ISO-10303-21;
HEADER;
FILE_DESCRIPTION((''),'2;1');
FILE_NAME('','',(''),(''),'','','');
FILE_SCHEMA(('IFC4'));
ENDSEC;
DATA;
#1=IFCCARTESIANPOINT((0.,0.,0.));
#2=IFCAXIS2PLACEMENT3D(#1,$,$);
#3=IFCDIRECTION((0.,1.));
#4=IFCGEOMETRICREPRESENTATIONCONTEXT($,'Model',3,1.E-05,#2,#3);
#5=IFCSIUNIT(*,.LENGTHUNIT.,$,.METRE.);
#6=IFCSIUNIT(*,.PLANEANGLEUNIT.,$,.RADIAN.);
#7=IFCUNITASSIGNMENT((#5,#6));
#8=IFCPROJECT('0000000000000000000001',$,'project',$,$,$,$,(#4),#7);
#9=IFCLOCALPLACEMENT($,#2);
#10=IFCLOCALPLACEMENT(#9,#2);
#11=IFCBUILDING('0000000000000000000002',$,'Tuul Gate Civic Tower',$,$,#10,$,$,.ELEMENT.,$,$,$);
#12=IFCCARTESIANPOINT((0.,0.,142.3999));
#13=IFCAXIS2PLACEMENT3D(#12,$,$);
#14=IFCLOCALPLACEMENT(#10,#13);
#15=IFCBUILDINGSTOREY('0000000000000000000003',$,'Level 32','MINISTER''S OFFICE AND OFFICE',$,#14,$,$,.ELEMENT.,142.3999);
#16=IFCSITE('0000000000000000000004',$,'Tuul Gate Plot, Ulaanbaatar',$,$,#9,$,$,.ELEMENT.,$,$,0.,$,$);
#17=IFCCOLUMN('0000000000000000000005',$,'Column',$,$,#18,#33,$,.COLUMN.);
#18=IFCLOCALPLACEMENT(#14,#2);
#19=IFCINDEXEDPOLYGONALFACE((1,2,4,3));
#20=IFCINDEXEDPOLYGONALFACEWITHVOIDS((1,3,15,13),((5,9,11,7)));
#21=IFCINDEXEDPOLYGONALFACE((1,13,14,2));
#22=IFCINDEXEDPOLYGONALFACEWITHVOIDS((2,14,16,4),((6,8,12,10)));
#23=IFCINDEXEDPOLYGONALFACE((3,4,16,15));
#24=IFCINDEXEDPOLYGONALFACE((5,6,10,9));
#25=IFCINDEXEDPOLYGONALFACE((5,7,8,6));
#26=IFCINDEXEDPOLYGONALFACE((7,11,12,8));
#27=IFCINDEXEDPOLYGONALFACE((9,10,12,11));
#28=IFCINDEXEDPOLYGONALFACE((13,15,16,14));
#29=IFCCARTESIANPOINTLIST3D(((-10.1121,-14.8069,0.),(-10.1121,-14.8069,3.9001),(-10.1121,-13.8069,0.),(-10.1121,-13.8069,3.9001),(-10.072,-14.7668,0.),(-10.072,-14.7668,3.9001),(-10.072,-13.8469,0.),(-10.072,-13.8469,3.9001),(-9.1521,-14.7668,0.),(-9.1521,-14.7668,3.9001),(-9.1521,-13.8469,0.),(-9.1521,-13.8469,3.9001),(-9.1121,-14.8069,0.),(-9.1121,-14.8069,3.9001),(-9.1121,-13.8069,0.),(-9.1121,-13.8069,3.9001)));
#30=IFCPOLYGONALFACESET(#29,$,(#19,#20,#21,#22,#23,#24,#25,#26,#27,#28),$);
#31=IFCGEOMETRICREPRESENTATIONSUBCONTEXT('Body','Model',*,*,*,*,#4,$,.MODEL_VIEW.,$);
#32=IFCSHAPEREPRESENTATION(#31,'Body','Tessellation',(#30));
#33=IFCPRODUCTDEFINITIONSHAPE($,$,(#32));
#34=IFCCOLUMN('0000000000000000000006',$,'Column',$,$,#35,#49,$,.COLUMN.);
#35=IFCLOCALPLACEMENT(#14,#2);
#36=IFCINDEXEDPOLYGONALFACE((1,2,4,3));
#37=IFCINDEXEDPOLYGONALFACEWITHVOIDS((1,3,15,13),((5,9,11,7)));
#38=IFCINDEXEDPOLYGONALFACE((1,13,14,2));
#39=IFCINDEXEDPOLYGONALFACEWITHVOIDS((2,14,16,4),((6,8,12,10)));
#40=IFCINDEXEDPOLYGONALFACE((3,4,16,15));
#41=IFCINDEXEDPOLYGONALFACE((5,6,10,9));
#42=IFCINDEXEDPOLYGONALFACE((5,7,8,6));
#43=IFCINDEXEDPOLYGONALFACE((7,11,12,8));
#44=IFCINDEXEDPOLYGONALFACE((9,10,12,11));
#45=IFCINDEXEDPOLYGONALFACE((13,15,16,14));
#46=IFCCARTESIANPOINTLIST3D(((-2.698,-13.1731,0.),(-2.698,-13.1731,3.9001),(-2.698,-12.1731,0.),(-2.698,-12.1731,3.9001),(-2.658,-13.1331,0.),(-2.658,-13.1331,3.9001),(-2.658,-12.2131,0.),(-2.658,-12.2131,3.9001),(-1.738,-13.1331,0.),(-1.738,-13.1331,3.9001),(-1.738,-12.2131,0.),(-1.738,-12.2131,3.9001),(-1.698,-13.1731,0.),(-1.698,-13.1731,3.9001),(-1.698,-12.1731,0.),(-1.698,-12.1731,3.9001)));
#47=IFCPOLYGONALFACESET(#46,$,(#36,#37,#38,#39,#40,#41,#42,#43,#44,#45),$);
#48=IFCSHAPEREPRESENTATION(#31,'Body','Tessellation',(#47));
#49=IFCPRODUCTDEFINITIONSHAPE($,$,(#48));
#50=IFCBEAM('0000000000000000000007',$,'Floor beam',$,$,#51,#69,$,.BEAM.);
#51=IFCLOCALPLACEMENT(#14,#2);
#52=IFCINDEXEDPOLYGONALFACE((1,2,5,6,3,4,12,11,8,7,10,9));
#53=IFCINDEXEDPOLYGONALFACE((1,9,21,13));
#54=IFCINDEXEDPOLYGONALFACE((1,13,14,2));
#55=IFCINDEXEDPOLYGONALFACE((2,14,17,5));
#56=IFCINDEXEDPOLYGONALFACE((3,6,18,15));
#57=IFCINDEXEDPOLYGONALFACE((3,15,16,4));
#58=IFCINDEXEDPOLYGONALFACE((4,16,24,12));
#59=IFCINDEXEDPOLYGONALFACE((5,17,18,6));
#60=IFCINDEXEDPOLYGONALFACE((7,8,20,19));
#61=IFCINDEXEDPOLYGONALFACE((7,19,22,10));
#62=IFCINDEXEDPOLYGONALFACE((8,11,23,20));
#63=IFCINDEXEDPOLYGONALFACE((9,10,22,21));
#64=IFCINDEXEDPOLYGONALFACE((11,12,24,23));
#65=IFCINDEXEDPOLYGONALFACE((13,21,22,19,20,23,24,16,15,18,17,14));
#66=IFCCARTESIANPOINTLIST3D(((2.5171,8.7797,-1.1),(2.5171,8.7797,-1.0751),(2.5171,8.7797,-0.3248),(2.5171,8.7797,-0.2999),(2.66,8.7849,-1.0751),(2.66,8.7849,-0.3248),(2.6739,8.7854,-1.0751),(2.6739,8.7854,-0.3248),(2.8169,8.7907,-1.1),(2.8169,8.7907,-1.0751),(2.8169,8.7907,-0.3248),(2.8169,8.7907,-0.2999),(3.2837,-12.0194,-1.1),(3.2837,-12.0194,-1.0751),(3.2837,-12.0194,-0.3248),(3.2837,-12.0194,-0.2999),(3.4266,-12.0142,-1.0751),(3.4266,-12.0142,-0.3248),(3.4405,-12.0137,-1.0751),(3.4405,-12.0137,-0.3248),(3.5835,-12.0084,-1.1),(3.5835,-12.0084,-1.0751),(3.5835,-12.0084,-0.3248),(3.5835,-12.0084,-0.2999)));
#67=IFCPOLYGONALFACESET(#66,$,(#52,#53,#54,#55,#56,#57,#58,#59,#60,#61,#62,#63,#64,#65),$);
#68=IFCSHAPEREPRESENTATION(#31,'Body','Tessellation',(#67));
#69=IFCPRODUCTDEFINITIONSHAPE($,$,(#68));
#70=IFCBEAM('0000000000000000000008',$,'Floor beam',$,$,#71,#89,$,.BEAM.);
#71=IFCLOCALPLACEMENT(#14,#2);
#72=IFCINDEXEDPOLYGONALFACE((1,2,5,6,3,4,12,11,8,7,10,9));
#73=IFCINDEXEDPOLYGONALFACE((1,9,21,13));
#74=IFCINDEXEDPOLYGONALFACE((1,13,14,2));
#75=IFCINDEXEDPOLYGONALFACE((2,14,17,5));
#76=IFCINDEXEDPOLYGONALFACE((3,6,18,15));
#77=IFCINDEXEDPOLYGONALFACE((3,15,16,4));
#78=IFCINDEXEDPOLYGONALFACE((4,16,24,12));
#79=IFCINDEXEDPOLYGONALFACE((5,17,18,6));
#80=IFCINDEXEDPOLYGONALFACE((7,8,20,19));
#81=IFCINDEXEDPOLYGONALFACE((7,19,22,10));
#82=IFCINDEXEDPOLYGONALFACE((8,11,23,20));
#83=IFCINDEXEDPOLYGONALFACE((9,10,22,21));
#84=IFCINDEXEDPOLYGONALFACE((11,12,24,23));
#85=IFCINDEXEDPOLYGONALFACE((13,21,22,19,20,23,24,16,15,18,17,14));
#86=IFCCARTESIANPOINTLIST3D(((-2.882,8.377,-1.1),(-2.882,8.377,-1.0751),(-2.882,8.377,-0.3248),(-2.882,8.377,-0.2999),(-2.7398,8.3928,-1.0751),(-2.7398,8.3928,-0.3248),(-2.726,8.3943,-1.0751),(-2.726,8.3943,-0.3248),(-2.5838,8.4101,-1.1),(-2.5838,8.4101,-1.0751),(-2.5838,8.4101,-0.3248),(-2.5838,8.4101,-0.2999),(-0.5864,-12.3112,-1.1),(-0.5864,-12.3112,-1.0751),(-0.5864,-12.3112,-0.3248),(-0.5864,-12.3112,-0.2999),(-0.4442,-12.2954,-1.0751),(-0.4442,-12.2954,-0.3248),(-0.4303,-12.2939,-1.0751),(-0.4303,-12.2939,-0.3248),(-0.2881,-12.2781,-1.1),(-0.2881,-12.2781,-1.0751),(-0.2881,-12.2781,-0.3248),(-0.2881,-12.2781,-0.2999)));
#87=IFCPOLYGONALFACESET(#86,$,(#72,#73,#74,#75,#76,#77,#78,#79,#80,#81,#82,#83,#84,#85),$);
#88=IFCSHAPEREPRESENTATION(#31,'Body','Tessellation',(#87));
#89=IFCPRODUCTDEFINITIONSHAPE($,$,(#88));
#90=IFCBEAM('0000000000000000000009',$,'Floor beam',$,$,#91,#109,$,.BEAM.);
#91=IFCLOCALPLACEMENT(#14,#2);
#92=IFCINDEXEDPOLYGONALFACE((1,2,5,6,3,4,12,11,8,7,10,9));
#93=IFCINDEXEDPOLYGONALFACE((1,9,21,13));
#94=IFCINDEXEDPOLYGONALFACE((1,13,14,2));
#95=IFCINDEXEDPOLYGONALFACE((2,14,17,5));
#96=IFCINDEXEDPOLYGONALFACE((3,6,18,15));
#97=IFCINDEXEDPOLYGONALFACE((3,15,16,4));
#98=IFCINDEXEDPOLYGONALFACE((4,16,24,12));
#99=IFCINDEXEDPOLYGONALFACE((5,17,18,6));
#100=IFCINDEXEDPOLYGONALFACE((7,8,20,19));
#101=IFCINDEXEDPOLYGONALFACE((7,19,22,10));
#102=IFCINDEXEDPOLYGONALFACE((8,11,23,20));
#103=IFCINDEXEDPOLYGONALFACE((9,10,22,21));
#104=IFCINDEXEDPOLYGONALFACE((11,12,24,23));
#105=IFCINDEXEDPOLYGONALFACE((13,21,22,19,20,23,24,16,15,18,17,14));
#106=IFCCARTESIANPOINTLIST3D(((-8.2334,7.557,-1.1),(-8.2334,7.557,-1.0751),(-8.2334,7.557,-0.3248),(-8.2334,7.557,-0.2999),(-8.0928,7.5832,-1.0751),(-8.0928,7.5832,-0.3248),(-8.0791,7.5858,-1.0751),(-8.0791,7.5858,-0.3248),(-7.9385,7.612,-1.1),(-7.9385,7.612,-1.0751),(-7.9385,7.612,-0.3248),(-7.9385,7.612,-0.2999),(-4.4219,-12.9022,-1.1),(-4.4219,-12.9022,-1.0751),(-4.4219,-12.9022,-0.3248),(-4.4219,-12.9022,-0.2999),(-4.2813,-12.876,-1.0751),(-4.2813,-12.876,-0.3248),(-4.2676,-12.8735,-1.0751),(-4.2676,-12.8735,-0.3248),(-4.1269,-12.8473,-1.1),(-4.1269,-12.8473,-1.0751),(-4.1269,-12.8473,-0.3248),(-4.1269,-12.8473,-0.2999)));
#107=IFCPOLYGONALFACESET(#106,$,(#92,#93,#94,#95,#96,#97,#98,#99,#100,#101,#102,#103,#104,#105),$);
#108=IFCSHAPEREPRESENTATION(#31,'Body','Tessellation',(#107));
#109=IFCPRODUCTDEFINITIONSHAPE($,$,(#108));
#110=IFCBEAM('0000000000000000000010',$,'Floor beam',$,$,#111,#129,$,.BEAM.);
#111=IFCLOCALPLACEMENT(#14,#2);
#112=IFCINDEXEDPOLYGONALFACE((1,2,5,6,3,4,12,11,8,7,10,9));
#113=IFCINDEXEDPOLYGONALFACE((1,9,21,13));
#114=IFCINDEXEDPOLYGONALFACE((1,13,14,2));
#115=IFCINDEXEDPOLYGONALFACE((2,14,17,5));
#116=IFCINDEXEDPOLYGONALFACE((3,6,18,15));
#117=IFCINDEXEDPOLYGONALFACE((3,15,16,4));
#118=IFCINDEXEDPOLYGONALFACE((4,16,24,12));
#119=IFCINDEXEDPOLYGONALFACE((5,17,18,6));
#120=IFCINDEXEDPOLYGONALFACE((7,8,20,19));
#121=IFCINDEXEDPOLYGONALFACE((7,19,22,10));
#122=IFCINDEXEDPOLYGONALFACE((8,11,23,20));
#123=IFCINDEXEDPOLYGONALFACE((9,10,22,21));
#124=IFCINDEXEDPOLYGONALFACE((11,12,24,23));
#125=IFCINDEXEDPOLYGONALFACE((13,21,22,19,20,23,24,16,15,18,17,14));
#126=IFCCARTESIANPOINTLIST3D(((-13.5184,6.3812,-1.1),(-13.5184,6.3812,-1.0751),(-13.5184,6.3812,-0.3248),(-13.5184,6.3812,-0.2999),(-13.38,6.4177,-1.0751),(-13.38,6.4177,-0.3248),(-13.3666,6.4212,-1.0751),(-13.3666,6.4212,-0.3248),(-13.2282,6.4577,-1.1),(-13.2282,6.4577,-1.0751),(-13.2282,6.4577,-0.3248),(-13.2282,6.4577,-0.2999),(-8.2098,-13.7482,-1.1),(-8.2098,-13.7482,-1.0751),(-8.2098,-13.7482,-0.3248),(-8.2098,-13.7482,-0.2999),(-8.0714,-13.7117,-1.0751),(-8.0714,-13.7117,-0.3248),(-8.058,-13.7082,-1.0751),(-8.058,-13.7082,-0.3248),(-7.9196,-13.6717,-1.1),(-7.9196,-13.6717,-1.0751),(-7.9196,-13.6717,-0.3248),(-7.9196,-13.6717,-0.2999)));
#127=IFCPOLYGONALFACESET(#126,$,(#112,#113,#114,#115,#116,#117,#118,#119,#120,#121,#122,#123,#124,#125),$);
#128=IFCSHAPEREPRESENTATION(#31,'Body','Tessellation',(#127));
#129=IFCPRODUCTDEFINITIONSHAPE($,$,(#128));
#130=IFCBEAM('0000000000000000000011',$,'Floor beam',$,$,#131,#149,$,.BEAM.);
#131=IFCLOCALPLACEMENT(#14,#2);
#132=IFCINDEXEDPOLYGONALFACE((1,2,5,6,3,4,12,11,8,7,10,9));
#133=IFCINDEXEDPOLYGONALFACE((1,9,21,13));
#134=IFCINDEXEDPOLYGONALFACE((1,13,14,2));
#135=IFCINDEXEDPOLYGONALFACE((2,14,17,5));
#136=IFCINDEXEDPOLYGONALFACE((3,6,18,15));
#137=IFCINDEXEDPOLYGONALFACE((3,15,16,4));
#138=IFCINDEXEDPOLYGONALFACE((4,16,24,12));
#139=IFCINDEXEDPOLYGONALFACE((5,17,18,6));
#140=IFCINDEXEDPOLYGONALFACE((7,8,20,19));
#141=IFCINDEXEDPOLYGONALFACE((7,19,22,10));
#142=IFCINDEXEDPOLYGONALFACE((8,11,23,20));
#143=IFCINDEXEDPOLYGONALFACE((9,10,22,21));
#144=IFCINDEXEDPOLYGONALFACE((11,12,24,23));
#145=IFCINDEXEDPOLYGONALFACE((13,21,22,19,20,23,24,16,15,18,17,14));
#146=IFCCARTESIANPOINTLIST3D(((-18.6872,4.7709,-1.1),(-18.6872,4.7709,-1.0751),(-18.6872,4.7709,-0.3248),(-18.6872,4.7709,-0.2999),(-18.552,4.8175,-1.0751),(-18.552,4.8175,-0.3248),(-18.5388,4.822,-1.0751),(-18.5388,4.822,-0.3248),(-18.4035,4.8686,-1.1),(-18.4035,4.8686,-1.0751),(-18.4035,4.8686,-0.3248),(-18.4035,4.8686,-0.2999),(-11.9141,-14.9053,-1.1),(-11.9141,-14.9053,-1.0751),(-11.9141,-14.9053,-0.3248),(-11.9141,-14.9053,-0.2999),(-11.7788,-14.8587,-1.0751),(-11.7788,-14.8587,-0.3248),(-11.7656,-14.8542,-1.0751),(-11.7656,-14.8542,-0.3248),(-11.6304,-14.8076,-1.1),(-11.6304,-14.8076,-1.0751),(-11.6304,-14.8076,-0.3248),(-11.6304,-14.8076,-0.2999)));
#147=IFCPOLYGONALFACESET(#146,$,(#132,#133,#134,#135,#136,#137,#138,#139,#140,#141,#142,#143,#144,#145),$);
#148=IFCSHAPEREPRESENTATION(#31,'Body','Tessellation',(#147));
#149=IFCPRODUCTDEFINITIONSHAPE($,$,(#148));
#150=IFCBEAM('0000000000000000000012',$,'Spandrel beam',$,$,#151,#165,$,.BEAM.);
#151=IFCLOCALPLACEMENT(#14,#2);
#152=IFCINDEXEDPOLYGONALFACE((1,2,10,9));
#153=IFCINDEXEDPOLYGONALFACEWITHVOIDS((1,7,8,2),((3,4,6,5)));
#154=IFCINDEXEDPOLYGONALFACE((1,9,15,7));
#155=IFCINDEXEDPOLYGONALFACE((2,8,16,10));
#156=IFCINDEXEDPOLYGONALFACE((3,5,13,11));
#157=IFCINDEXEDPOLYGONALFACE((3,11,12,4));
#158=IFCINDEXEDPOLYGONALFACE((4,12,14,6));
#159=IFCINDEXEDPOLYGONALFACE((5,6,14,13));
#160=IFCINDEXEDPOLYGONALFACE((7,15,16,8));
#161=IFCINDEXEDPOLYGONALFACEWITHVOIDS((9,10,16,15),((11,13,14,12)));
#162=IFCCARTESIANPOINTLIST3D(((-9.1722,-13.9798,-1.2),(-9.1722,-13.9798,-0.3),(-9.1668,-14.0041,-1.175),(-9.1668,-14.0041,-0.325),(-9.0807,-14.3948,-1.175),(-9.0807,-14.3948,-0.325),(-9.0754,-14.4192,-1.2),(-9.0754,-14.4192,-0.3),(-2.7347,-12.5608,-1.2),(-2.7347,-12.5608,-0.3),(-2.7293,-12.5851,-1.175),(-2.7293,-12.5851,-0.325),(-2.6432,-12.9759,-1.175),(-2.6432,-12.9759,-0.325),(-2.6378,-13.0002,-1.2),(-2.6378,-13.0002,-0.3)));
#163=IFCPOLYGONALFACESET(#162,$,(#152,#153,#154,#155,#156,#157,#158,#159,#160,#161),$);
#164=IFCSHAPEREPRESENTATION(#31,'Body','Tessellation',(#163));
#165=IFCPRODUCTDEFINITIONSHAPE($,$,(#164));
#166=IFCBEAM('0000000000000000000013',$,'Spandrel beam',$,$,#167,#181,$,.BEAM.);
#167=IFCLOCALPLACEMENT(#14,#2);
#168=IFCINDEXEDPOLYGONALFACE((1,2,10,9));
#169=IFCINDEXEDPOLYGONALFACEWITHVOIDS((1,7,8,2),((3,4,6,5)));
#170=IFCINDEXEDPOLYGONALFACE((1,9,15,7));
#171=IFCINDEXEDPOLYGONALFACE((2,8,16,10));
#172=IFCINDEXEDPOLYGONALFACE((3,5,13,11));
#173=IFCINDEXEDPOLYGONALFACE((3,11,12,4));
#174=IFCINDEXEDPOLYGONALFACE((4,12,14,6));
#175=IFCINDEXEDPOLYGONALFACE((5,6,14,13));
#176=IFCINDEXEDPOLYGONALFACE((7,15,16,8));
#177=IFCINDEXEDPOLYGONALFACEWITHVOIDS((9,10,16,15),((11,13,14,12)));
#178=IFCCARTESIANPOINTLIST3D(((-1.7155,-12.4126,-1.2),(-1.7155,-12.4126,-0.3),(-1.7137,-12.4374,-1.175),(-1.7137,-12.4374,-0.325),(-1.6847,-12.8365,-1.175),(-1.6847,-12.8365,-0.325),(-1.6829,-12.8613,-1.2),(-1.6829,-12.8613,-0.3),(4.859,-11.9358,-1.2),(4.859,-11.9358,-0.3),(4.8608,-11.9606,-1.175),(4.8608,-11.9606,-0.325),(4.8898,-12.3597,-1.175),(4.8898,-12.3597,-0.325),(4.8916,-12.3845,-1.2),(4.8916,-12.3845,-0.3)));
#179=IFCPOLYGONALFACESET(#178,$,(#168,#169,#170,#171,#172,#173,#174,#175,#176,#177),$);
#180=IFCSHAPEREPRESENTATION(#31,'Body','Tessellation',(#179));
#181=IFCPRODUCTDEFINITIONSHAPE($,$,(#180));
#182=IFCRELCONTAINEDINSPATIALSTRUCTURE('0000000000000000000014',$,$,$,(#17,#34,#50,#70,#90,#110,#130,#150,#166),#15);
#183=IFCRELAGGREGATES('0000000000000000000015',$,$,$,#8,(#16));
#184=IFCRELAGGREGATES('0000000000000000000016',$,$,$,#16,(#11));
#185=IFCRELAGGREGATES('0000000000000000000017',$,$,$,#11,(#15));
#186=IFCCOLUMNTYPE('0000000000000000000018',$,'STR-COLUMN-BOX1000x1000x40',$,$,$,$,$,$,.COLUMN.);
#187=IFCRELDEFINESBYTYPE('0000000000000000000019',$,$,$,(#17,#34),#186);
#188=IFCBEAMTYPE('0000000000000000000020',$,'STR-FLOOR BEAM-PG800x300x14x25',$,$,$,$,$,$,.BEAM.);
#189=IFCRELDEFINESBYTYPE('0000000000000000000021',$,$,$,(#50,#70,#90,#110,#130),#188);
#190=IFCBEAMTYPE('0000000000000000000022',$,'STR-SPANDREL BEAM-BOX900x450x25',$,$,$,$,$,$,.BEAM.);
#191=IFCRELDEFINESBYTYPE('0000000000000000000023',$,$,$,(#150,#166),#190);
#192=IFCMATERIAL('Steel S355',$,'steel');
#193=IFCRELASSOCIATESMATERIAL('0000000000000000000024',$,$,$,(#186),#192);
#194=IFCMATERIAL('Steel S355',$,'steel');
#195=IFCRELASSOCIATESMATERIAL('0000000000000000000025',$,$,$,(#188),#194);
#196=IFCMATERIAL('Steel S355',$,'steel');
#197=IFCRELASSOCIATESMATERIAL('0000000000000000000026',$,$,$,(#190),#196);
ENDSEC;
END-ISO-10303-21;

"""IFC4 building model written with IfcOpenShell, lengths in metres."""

from ifc_helpers import new_model, si_unit, direction, frame, origin, origin_2d, place, context, subcontext, project, spatial, hollow_rectangle, i_section, extrude, material, material_profile, profile_set, type_object, element, save


model = new_model("IFC4")

# Units and contexts
model_context = context("Model", 3, precision=1e-05, world=origin(), true_north=direction((0.0, 1.0)))
body_context = subcontext(model_context, "Body", "Model", "MODEL_VIEW")
ifc_project = project(units=[si_unit("LENGTHUNIT", "METRE"), si_unit("PLANEANGLEUNIT", "RADIAN")], contexts=[model_context])

# Site, building, storey
site_placement = place(None, origin())
site = spatial("IfcSite", under=ifc_project, at=site_placement, Name="Tuul Gate Plot, Ulaanbaatar", CompositionType="ELEMENT", RefElevation=0.0)
building_placement = place(site_placement, origin())
building = spatial("IfcBuilding", under=site, at=building_placement, Name="Tuul Gate Civic Tower", CompositionType="ELEMENT")
storey_placement = place(building_placement, frame((0.0, 0.0, 142.3999)))
storey = spatial("IfcBuildingStorey", under=building, at=storey_placement, Name="Level 32", Description="MINISTER'S OFFICE AND OFFICE", CompositionType="ELEMENT", Elevation=142.3999)

# Columns
ifc_material_1 = material(Name="Steel S355", Category="steel")
ifc_material_profile_1 = material_profile(ifc_material_1, hollow_rectangle(XDim=1.0, YDim=1.0, WallThickness=0.04, at=origin_2d()), Name="BOX1000x1000x40")
ifc_profile_set_1 = profile_set([ifc_material_profile_1], Name="Steel S355")
column_type = type_object("IfcColumnType", Name="STR-COLUMN-BOX1000x1000x40", PredefinedType="COLUMN", material=ifc_profile_set_1)
for number, where, z_axis, x_axis, name in (
    (1, (-9.6121, -14.3069, 0.0), (0.0, 0.0, 1.0), (1.0, 0.0, 0.0), "Column"),
    (2, (-2.198, -12.6731, 0.0), (0.0, 0.0, 1.0), (1.0, 0.0, 0.0), "Column"),
):
    element("IfcColumn", number, at=place(storey_placement, frame(where, z_axis=z_axis, x_axis=x_axis)), inside=storey, type_object=column_type, Name=name, PredefinedType="COLUMN", context=body_context, shape_type="SweptSolid", body=[
        extrude(hollow_rectangle(XDim=1.0, YDim=1.0, WallThickness=0.04, at=origin_2d()), origin(), (0.0, 0.0, 1.0), 3.9001),
    ])

# Beams
ifc_material_2 = material(Name="Steel S355", Category="steel")
ifc_material_profile_2 = material_profile(ifc_material_2, i_section(OverallWidth=0.3, OverallDepth=0.8, WebThickness=0.0139, FlangeThickness=0.0249, at=origin_2d()), Name="PG800x300x14x25")
ifc_profile_set_2 = profile_set([ifc_material_profile_2], Name="Steel S355")
beam_type_1 = type_object("IfcBeamType", Name="STR-FLOOR BEAM-PG800x300x14x25", PredefinedType="BEAM", material=ifc_profile_set_2)
beam_1_placement = place(storey_placement, frame((3.4336, -12.0139, -0.7), z_axis=(-0.036832, 0.999321, 0.0), x_axis=(-0.999321, -0.036832, 0.0)))
element("IfcBeam", 3, at=beam_1_placement, inside=storey, type_object=beam_type_1, Name="Floor beam", PredefinedType="BEAM", context=body_context, shape_type="SweptSolid", body=[
    extrude(i_section(OverallWidth=0.3, OverallDepth=0.8, WebThickness=0.0139, FlangeThickness=0.0249, at=origin_2d()), origin(), (0.0, 0.0, 1.0), 20.8132),
])
beam_2_placement = place(storey_placement, frame((-0.4373, -12.2947, -0.7), z_axis=(-0.110287, 0.9939, 0.0), x_axis=(-0.9939, -0.110287, 0.0)))
element("IfcBeam", 4, at=beam_2_placement, inside=storey, type_object=beam_type_1, Name="Floor beam", PredefinedType="BEAM", context=body_context, shape_type="SweptSolid", body=[
    extrude(i_section(OverallWidth=0.3, OverallDepth=0.8, WebThickness=0.0139, FlangeThickness=0.0249, at=origin_2d()), origin(), (0.0, 0.0, 1.0), 20.8152),
])
beam_3_placement = place(storey_placement, frame((-4.2744, -12.8748, -0.7), z_axis=(-0.183147, 0.983085, 0.0), x_axis=(-0.983085, -0.183147, 0.0)))
element("IfcBeam", 5, at=beam_3_placement, inside=storey, type_object=beam_type_1, Name="Floor beam", PredefinedType="BEAM", context=body_context, shape_type="SweptSolid", body=[
    extrude(i_section(OverallWidth=0.3, OverallDepth=0.8, WebThickness=0.0139, FlangeThickness=0.0249, at=origin_2d()), origin(), (0.0, 0.0, 1.0), 20.8113),
])
beam_4_placement = place(storey_placement, frame((-8.0647, -13.71, -0.7), z_axis=(-0.255005, 0.96694, 0.0), x_axis=(-0.96694, -0.255005, 0.0)))
element("IfcBeam", 6, at=beam_4_placement, inside=storey, type_object=beam_type_1, Name="Floor beam", PredefinedType="BEAM", context=body_context, shape_type="SweptSolid", body=[
    extrude(i_section(OverallWidth=0.3, OverallDepth=0.8, WebThickness=0.0139, FlangeThickness=0.0249, at=origin_2d()), origin(), (0.0, 0.0, 1.0), 20.8176),
])
beam_5_placement = place(storey_placement, frame((-11.7722, -14.8564, -0.7), z_axis=(-0.325487, 0.945547, 0.0), x_axis=(-0.945547, -0.325487, 0.0)))
element("IfcBeam", 7, at=beam_5_placement, inside=storey, type_object=beam_type_1, Name="Floor beam", PredefinedType="BEAM", context=body_context, shape_type="SweptSolid", body=[
    extrude(i_section(OverallWidth=0.3, OverallDepth=0.8, WebThickness=0.0139, FlangeThickness=0.0249, at=origin_2d()), origin(), (0.0, 0.0, 1.0), 20.8093),
])
ifc_material_3 = material(Name="Steel S355", Category="steel")
ifc_material_profile_3 = material_profile(ifc_material_3, hollow_rectangle(XDim=0.45, YDim=0.8999, WallThickness=0.0249, at=origin_2d()), Name="BOX900x450x25")
ifc_profile_set_3 = profile_set([ifc_material_profile_3], Name="Steel S355")
beam_type_2 = type_object("IfcBeamType", Name="STR-SPANDREL BEAM-BOX900x450x25", PredefinedType="BEAM", material=ifc_profile_set_3)
beam_6_placement = place(storey_placement, frame((-9.1238, -14.1995, -0.75), z_axis=(0.976559, 0.215252, 0.0), x_axis=(-0.215252, 0.976559, 0.0)))
element("IfcBeam", 8, at=beam_6_placement, inside=storey, type_object=beam_type_2, Name="Spandrel beam", PredefinedType="BEAM", context=body_context, shape_type="SweptSolid", body=[
    extrude(hollow_rectangle(XDim=0.45, YDim=0.8999, WallThickness=0.0249, at=origin_2d()), origin(), (0.0, 0.0, 1.0), 6.592),
])
beam_7_placement = place(storey_placement, frame((-1.6992, -12.637, -0.75), z_axis=(0.99738, 0.072334, 0.0), x_axis=(-0.072334, 0.99738, 0.0)))
element("IfcBeam", 9, at=beam_7_placement, inside=storey, type_object=beam_type_2, Name="Spandrel beam", PredefinedType="BEAM", context=body_context, shape_type="SweptSolid", body=[
    extrude(hollow_rectangle(XDim=0.45, YDim=0.8999, WallThickness=0.0249, at=origin_2d()), origin(), (0.0, 0.0, 1.0), 6.5918),
])

save(model, "model.ifc")
